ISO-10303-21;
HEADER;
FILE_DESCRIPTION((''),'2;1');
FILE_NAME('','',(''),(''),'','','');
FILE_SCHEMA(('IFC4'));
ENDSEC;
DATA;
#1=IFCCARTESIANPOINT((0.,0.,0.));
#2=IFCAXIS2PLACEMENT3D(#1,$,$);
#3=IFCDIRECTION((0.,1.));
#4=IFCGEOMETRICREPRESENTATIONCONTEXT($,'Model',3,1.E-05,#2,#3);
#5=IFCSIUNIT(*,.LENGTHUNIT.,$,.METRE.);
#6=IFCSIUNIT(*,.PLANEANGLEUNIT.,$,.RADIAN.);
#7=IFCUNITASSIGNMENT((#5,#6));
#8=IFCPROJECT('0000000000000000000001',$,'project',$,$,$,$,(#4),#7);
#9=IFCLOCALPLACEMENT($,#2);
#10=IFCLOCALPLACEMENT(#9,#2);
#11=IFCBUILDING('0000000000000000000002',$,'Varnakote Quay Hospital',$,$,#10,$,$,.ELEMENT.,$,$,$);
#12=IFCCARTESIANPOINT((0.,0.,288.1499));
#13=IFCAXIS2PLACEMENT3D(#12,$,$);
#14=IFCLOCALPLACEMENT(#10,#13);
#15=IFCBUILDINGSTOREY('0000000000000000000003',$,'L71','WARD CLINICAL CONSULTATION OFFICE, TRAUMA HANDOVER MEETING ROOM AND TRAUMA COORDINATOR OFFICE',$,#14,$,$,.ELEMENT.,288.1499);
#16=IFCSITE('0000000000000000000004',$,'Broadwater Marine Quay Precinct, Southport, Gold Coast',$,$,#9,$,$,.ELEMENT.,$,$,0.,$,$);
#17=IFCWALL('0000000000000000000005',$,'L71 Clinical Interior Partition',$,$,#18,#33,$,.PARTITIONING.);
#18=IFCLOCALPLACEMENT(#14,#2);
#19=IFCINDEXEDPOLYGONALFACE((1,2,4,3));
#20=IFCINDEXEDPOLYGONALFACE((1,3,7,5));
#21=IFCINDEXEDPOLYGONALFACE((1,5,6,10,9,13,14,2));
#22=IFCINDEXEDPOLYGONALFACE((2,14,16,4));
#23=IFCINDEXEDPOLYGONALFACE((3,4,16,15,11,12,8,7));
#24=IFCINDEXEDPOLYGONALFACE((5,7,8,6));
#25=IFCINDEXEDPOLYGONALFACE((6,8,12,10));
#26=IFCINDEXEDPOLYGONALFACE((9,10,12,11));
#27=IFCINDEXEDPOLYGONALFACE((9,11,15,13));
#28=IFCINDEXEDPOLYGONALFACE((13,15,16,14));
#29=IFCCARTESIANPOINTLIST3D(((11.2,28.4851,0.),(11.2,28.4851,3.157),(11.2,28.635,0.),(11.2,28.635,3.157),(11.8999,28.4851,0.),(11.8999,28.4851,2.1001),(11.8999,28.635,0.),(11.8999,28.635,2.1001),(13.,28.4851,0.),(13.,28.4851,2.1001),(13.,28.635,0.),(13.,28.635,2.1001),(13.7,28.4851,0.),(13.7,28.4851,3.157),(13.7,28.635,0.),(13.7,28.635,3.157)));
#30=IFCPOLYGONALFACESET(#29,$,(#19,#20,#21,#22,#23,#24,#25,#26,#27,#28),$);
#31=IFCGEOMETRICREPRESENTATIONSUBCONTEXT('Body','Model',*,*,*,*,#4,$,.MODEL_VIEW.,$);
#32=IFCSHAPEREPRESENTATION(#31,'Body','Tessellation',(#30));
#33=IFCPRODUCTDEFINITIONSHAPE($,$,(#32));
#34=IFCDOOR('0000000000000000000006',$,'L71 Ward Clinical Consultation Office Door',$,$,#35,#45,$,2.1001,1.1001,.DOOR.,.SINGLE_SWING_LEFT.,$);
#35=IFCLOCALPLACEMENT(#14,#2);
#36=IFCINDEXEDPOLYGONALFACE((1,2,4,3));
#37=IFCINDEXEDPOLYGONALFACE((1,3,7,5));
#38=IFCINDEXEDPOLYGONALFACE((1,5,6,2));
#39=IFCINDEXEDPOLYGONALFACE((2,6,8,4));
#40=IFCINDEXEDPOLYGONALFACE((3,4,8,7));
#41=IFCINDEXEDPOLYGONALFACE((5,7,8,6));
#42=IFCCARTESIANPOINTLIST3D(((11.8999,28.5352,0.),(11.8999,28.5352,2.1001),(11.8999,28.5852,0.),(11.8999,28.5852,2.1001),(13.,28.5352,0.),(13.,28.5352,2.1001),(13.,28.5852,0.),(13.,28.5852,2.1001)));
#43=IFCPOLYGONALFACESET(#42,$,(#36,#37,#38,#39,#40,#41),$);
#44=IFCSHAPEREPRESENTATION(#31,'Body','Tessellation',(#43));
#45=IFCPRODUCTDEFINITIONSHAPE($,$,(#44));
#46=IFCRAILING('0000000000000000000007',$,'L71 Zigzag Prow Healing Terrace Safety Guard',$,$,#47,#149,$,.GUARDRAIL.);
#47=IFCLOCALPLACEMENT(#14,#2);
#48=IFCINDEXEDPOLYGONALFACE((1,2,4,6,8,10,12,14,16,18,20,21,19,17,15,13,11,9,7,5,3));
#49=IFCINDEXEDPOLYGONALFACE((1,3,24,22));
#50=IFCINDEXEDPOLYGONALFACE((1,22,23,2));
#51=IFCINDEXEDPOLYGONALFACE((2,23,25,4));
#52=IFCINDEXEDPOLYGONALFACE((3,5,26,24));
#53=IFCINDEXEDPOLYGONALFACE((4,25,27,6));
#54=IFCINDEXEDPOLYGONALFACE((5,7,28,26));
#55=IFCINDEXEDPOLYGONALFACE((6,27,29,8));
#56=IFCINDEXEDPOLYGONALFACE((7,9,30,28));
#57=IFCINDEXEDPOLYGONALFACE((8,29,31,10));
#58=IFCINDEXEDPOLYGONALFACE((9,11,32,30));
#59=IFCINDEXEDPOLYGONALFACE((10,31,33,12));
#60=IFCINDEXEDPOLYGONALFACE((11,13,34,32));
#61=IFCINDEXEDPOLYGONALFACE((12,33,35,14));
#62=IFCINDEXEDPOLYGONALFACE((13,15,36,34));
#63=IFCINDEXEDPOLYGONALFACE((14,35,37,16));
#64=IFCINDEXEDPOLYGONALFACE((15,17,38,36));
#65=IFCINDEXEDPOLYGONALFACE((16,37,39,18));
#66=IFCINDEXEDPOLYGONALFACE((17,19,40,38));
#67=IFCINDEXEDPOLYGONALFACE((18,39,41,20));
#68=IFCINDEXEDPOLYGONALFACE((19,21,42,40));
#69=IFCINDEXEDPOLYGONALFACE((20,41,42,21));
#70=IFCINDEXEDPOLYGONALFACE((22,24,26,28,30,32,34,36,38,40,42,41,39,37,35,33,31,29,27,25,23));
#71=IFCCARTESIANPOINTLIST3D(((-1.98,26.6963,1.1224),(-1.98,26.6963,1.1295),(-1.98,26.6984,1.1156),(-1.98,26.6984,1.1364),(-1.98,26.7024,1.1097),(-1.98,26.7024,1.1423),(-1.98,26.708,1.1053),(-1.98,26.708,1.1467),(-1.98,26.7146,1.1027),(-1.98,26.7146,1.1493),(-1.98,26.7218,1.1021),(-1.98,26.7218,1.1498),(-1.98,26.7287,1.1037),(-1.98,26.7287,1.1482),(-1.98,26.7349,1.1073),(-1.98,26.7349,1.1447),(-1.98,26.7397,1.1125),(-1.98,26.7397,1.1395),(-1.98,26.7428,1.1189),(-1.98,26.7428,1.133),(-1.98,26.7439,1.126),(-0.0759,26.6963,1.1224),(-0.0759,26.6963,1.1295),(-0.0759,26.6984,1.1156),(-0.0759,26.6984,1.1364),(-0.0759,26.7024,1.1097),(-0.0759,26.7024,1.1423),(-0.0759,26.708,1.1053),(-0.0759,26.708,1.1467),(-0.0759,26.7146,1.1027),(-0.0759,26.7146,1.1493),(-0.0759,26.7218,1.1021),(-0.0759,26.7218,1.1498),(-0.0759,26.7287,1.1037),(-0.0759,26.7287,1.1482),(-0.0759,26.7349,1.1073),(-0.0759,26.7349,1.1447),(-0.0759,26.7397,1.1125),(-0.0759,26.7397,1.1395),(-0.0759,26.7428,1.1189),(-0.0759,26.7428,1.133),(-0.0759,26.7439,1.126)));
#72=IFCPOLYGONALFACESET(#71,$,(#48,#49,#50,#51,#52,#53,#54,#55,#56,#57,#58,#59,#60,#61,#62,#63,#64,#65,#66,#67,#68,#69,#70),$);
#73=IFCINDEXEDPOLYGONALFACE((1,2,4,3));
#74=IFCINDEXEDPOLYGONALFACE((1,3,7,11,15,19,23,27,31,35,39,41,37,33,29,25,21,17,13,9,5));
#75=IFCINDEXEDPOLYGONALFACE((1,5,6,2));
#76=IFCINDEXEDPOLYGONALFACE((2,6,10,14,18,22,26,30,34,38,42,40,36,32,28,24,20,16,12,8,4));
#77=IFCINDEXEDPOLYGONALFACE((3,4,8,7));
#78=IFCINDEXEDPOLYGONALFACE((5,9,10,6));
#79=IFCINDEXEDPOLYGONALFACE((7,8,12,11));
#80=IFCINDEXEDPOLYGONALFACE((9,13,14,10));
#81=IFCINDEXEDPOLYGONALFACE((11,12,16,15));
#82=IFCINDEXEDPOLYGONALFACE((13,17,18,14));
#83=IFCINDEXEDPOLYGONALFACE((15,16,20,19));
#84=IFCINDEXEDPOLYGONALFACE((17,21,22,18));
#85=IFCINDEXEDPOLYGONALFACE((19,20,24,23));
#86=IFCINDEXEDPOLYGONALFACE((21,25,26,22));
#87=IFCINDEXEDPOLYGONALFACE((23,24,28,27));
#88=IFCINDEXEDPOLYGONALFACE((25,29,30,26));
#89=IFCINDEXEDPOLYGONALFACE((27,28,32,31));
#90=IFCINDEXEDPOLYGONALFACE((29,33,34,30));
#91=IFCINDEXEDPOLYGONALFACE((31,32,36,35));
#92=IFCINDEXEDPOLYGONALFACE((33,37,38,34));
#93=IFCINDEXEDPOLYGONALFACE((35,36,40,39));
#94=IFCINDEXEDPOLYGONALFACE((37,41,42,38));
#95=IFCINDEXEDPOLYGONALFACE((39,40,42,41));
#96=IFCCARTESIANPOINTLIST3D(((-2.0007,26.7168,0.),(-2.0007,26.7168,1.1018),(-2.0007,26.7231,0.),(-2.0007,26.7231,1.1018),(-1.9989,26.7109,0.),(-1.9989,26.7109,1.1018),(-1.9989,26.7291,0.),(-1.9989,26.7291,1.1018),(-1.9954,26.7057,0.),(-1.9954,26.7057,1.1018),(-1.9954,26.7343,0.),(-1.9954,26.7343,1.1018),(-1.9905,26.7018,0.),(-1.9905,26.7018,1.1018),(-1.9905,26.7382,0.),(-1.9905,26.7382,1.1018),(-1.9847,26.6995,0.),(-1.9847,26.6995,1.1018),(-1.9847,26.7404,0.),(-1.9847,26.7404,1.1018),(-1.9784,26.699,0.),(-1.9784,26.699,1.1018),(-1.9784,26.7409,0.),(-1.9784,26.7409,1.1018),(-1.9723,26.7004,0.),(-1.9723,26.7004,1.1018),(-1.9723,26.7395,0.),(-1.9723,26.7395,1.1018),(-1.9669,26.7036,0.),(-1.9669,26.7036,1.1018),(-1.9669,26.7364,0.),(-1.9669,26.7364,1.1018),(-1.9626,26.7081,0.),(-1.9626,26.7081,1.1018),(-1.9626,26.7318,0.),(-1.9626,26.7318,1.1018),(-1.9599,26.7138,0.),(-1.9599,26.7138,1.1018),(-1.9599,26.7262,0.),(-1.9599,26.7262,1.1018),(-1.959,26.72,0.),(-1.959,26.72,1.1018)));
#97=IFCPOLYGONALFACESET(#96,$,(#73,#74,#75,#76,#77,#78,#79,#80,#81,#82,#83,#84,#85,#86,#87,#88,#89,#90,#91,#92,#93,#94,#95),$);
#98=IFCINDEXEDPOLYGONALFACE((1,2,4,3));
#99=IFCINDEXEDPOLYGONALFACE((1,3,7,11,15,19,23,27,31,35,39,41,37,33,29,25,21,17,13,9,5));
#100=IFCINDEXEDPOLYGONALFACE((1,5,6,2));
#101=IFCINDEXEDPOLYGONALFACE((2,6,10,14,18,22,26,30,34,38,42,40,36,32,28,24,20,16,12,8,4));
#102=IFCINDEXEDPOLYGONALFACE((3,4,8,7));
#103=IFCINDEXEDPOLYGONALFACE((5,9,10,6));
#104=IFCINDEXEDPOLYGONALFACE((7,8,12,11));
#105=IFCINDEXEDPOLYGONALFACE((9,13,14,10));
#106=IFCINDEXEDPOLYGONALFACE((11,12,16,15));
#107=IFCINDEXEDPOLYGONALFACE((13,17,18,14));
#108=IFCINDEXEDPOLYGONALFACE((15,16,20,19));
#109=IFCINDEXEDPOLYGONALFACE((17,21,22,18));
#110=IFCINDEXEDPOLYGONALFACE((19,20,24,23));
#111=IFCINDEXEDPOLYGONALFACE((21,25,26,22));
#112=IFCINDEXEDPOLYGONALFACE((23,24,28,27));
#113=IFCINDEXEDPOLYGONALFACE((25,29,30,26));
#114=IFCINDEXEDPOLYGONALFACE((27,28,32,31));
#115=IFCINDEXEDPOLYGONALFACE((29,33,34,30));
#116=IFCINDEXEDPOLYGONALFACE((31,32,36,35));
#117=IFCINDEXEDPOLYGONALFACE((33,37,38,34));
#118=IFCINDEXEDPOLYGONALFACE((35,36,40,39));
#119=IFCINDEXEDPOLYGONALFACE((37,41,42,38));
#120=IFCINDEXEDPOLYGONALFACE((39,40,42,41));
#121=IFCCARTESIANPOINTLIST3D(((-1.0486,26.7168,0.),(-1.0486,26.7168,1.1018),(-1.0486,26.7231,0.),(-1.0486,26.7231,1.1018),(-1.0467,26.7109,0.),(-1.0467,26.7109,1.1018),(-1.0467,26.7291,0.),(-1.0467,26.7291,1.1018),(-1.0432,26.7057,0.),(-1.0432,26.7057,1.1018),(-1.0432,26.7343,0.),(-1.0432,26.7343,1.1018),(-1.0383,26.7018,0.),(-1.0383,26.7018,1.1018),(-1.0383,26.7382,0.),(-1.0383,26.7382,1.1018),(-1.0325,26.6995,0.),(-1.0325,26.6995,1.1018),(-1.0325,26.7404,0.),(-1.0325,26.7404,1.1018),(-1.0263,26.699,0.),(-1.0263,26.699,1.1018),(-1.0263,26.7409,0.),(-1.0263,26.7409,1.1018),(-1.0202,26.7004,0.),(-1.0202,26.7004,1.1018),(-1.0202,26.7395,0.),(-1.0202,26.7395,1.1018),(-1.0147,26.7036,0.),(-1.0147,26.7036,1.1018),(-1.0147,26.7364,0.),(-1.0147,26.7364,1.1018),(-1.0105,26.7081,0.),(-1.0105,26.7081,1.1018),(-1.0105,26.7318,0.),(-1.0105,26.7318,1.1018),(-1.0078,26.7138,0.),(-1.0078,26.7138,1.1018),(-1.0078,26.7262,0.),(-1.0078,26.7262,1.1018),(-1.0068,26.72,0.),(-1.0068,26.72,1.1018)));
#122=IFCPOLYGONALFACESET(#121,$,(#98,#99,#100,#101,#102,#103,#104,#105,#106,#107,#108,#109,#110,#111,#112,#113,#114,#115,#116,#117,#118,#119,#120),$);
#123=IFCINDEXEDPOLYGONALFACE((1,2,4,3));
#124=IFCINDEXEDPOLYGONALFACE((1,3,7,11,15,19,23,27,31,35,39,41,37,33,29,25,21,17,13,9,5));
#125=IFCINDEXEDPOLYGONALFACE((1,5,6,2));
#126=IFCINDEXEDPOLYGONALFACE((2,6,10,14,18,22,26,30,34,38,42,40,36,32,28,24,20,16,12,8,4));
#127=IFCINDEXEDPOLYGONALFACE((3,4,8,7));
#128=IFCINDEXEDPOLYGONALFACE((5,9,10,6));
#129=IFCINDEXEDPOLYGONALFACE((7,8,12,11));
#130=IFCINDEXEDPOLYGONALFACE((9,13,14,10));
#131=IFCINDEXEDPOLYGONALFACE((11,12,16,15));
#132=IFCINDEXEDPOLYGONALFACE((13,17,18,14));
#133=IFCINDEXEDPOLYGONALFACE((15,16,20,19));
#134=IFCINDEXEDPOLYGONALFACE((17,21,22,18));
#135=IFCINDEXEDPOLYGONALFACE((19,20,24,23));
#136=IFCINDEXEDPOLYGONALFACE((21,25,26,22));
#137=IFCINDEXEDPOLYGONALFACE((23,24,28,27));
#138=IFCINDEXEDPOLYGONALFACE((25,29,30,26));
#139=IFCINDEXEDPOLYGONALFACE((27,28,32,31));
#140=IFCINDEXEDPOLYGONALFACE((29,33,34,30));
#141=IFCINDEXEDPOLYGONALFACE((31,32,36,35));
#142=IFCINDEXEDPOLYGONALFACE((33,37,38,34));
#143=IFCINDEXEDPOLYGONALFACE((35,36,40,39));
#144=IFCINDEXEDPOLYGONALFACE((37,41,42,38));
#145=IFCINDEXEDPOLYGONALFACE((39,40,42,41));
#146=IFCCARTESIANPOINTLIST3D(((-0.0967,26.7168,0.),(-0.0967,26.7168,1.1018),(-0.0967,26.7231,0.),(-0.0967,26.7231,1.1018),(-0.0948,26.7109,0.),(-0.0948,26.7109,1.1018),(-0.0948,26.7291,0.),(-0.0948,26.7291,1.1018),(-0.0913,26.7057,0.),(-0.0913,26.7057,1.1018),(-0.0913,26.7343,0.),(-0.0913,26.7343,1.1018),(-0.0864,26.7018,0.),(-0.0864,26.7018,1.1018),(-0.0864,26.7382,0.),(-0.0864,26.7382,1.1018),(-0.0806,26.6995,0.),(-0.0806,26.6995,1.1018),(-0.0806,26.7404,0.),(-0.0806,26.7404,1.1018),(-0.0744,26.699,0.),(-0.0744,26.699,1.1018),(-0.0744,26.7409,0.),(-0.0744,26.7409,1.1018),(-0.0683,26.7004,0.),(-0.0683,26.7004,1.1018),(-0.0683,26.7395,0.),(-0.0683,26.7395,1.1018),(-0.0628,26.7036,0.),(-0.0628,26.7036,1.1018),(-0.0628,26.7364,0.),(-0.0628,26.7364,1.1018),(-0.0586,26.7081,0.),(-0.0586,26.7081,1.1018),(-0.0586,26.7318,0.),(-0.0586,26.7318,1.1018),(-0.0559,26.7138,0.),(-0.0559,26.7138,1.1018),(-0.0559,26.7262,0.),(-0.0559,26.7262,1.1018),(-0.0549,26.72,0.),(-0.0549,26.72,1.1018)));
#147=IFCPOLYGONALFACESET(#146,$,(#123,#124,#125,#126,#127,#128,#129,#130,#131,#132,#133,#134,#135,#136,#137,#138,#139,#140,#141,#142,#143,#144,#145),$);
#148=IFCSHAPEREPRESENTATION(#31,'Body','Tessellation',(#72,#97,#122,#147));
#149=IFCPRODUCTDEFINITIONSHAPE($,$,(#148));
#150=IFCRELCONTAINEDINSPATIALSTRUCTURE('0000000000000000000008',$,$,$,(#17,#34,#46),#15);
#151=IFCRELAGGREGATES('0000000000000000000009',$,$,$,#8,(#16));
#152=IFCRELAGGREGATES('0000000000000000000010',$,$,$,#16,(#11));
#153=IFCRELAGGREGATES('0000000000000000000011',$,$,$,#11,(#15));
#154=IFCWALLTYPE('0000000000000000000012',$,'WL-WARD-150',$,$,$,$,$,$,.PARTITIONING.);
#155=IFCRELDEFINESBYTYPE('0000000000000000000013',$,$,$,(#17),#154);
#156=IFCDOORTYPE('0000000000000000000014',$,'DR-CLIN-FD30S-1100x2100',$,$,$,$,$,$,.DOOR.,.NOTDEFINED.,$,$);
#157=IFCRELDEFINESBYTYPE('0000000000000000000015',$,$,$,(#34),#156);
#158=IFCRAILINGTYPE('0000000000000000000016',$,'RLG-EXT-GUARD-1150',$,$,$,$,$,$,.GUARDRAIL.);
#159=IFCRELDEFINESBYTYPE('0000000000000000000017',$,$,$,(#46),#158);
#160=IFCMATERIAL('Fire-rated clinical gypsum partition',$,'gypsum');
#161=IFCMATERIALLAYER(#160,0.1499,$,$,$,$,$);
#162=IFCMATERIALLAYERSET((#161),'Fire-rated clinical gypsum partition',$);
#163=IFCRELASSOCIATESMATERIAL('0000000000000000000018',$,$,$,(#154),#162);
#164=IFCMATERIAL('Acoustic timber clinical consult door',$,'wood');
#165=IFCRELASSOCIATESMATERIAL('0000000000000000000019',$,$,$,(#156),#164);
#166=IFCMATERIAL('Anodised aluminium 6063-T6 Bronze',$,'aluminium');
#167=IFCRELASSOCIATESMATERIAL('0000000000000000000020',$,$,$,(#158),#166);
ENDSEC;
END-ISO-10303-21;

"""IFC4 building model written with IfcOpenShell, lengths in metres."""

from ifc_helpers import new_model, si_unit, direction, frame, frame_2d, origin, origin_2d, place, context, subcontext, project, spatial, rectangle, circle, extrude, material, layer, layer_set, type_object, element, fill, save


model = new_model("IFC4")

# Units and contexts
model_context = context("Model", 3, precision=1e-05, world=origin(), true_north=direction((0.0, 1.0)))
body_context = subcontext(model_context, "Body", "Model", "MODEL_VIEW")
ifc_project = project(units=[si_unit("LENGTHUNIT", "METRE"), si_unit("PLANEANGLEUNIT", "RADIAN")], contexts=[model_context])

# Site, building, storey
site_placement = place(None, origin())
site = spatial("IfcSite", under=ifc_project, at=site_placement, Name="Broadwater Marine Quay Precinct, Southport, Gold Coast", CompositionType="ELEMENT", RefElevation=0.0)
building_placement = place(site_placement, origin())
building = spatial("IfcBuilding", under=site, at=building_placement, Name="Varnakote Quay Hospital", CompositionType="ELEMENT")
storey_placement = place(building_placement, frame((0.0, 0.0, 288.1499)))
storey = spatial("IfcBuildingStorey", under=building, at=storey_placement, Name="L71", Description="WARD CLINICAL CONSULTATION OFFICE, TRAUMA HANDOVER MEETING ROOM AND TRAUMA COORDINATOR OFFICE", CompositionType="ELEMENT", Elevation=288.1499)

# Wall, opening, door
ifc_material_1 = material(Name="Fire-rated clinical gypsum partition", Category="gypsum")
ifc_layer_1 = layer(ifc_material_1, 0.1499)
ifc_layer_set_1 = layer_set([ifc_layer_1], Name="Fire-rated clinical gypsum partition")
wall_type_1 = type_object("IfcWallType", Name="WL-WARD-150", PredefinedType="PARTITIONING", material=ifc_layer_set_1)
ifc_material_2 = material(Name="Acoustic timber clinical consult door", Category="wood")
door_type_1 = type_object("IfcDoorType", Name="DR-CLIN-FD30S-1100x2100", OperationType="NOTDEFINED", PredefinedType="DOOR", material=ifc_material_2)
wall_1_placement = place(storey_placement, frame((13.7, 28.5601, 0.0), z_axis=(0.0, 0.0, 1.0), x_axis=(-1.0, 0.0, 0.0)))
wall_1 = element("IfcWall", 1, at=wall_1_placement, inside=storey, type_object=wall_type_1, Name="L71 Clinical Interior Partition", PredefinedType="PARTITIONING", context=body_context, shape_type="SweptSolid", body=[
    extrude(rectangle(XDim=2.5, YDim=0.1499, at=frame_2d((1.25, 0.0))), origin(), (0.0, 0.0, 1.0), 3.157),
])
opening_1_placement = place(wall_1_placement, frame((0.7, 0.0, 0.0)))
opening_1 = element("IfcOpeningElement", 2, at=opening_1_placement, cuts=wall_1, PredefinedType="OPENING", context=body_context, shape_type="SweptSolid", body=[
    extrude(rectangle(XDim=1.1001, YDim=2.1001, at=frame_2d((0.55, 1.05))), frame((0.0, 0.085, 0.0), z_axis=(0.0, -1.0, 0.0), x_axis=(1.0, 0.0, 0.0)), (0.0, 0.0, 1.0), 0.1699),
])
door_1_placement = place(opening_1_placement, origin())
door_1 = element("IfcDoor", 3, at=door_1_placement, inside=storey, type_object=door_type_1, Name="L71 Ward Clinical Consultation Office Door", OperationType="SINGLE_SWING_LEFT", OverallHeight=2.1001, OverallWidth=1.1001, PredefinedType="DOOR", context=body_context, shape_type="SweptSolid", body=[
    extrude(rectangle(XDim=1.1001, YDim=2.1001, at=frame_2d((0.55, 1.05))), frame((0.0, 0.0249, 0.0), z_axis=(0.0, -1.0, 0.0), x_axis=(1.0, 0.0, 0.0)), (0.0, 0.0, 1.0), 0.05),
])
fill(opening_1, door_1)

# Railing
ifc_material_3 = material(Name="Anodised aluminium 6063-T6 Bronze", Category="aluminium")
railing_type = type_object("IfcRailingType", Name="RLG-EXT-GUARD-1150", PredefinedType="GUARDRAIL", material=ifc_material_3)
railing_1_placement = place(storey_placement, frame((-1.98, 26.72, 0.0)))
element("IfcRailing", 4, at=railing_1_placement, inside=storey, type_object=railing_type, Name="L71 Zigzag Prow Healing Terrace Safety Guard", PredefinedType="GUARDRAIL", context=body_context, shape_type="SweptSolid", body=[
    extrude(circle(Radius=0.0239, at=origin_2d()), frame((0.0, 0.0, 1.126), z_axis=(1.0, 0.0, 0.0), x_axis=(0.0, 1.0, 0.0)), (0.0, 0.0, 1.0), 1.9041),
    extrude(circle(Radius=0.021, at=origin_2d()), origin(), (0.0, 0.0, 1.0), 1.1018),
    extrude(circle(Radius=0.021, at=origin_2d()), frame((0.9521, 0.0, 0.0)), (0.0, 0.0, 1.0), 1.1018),
    extrude(circle(Radius=0.021, at=origin_2d()), frame((1.9041, 0.0, 0.0)), (0.0, 0.0, 1.0), 1.1018),
])

save(model, "model.ifc")
